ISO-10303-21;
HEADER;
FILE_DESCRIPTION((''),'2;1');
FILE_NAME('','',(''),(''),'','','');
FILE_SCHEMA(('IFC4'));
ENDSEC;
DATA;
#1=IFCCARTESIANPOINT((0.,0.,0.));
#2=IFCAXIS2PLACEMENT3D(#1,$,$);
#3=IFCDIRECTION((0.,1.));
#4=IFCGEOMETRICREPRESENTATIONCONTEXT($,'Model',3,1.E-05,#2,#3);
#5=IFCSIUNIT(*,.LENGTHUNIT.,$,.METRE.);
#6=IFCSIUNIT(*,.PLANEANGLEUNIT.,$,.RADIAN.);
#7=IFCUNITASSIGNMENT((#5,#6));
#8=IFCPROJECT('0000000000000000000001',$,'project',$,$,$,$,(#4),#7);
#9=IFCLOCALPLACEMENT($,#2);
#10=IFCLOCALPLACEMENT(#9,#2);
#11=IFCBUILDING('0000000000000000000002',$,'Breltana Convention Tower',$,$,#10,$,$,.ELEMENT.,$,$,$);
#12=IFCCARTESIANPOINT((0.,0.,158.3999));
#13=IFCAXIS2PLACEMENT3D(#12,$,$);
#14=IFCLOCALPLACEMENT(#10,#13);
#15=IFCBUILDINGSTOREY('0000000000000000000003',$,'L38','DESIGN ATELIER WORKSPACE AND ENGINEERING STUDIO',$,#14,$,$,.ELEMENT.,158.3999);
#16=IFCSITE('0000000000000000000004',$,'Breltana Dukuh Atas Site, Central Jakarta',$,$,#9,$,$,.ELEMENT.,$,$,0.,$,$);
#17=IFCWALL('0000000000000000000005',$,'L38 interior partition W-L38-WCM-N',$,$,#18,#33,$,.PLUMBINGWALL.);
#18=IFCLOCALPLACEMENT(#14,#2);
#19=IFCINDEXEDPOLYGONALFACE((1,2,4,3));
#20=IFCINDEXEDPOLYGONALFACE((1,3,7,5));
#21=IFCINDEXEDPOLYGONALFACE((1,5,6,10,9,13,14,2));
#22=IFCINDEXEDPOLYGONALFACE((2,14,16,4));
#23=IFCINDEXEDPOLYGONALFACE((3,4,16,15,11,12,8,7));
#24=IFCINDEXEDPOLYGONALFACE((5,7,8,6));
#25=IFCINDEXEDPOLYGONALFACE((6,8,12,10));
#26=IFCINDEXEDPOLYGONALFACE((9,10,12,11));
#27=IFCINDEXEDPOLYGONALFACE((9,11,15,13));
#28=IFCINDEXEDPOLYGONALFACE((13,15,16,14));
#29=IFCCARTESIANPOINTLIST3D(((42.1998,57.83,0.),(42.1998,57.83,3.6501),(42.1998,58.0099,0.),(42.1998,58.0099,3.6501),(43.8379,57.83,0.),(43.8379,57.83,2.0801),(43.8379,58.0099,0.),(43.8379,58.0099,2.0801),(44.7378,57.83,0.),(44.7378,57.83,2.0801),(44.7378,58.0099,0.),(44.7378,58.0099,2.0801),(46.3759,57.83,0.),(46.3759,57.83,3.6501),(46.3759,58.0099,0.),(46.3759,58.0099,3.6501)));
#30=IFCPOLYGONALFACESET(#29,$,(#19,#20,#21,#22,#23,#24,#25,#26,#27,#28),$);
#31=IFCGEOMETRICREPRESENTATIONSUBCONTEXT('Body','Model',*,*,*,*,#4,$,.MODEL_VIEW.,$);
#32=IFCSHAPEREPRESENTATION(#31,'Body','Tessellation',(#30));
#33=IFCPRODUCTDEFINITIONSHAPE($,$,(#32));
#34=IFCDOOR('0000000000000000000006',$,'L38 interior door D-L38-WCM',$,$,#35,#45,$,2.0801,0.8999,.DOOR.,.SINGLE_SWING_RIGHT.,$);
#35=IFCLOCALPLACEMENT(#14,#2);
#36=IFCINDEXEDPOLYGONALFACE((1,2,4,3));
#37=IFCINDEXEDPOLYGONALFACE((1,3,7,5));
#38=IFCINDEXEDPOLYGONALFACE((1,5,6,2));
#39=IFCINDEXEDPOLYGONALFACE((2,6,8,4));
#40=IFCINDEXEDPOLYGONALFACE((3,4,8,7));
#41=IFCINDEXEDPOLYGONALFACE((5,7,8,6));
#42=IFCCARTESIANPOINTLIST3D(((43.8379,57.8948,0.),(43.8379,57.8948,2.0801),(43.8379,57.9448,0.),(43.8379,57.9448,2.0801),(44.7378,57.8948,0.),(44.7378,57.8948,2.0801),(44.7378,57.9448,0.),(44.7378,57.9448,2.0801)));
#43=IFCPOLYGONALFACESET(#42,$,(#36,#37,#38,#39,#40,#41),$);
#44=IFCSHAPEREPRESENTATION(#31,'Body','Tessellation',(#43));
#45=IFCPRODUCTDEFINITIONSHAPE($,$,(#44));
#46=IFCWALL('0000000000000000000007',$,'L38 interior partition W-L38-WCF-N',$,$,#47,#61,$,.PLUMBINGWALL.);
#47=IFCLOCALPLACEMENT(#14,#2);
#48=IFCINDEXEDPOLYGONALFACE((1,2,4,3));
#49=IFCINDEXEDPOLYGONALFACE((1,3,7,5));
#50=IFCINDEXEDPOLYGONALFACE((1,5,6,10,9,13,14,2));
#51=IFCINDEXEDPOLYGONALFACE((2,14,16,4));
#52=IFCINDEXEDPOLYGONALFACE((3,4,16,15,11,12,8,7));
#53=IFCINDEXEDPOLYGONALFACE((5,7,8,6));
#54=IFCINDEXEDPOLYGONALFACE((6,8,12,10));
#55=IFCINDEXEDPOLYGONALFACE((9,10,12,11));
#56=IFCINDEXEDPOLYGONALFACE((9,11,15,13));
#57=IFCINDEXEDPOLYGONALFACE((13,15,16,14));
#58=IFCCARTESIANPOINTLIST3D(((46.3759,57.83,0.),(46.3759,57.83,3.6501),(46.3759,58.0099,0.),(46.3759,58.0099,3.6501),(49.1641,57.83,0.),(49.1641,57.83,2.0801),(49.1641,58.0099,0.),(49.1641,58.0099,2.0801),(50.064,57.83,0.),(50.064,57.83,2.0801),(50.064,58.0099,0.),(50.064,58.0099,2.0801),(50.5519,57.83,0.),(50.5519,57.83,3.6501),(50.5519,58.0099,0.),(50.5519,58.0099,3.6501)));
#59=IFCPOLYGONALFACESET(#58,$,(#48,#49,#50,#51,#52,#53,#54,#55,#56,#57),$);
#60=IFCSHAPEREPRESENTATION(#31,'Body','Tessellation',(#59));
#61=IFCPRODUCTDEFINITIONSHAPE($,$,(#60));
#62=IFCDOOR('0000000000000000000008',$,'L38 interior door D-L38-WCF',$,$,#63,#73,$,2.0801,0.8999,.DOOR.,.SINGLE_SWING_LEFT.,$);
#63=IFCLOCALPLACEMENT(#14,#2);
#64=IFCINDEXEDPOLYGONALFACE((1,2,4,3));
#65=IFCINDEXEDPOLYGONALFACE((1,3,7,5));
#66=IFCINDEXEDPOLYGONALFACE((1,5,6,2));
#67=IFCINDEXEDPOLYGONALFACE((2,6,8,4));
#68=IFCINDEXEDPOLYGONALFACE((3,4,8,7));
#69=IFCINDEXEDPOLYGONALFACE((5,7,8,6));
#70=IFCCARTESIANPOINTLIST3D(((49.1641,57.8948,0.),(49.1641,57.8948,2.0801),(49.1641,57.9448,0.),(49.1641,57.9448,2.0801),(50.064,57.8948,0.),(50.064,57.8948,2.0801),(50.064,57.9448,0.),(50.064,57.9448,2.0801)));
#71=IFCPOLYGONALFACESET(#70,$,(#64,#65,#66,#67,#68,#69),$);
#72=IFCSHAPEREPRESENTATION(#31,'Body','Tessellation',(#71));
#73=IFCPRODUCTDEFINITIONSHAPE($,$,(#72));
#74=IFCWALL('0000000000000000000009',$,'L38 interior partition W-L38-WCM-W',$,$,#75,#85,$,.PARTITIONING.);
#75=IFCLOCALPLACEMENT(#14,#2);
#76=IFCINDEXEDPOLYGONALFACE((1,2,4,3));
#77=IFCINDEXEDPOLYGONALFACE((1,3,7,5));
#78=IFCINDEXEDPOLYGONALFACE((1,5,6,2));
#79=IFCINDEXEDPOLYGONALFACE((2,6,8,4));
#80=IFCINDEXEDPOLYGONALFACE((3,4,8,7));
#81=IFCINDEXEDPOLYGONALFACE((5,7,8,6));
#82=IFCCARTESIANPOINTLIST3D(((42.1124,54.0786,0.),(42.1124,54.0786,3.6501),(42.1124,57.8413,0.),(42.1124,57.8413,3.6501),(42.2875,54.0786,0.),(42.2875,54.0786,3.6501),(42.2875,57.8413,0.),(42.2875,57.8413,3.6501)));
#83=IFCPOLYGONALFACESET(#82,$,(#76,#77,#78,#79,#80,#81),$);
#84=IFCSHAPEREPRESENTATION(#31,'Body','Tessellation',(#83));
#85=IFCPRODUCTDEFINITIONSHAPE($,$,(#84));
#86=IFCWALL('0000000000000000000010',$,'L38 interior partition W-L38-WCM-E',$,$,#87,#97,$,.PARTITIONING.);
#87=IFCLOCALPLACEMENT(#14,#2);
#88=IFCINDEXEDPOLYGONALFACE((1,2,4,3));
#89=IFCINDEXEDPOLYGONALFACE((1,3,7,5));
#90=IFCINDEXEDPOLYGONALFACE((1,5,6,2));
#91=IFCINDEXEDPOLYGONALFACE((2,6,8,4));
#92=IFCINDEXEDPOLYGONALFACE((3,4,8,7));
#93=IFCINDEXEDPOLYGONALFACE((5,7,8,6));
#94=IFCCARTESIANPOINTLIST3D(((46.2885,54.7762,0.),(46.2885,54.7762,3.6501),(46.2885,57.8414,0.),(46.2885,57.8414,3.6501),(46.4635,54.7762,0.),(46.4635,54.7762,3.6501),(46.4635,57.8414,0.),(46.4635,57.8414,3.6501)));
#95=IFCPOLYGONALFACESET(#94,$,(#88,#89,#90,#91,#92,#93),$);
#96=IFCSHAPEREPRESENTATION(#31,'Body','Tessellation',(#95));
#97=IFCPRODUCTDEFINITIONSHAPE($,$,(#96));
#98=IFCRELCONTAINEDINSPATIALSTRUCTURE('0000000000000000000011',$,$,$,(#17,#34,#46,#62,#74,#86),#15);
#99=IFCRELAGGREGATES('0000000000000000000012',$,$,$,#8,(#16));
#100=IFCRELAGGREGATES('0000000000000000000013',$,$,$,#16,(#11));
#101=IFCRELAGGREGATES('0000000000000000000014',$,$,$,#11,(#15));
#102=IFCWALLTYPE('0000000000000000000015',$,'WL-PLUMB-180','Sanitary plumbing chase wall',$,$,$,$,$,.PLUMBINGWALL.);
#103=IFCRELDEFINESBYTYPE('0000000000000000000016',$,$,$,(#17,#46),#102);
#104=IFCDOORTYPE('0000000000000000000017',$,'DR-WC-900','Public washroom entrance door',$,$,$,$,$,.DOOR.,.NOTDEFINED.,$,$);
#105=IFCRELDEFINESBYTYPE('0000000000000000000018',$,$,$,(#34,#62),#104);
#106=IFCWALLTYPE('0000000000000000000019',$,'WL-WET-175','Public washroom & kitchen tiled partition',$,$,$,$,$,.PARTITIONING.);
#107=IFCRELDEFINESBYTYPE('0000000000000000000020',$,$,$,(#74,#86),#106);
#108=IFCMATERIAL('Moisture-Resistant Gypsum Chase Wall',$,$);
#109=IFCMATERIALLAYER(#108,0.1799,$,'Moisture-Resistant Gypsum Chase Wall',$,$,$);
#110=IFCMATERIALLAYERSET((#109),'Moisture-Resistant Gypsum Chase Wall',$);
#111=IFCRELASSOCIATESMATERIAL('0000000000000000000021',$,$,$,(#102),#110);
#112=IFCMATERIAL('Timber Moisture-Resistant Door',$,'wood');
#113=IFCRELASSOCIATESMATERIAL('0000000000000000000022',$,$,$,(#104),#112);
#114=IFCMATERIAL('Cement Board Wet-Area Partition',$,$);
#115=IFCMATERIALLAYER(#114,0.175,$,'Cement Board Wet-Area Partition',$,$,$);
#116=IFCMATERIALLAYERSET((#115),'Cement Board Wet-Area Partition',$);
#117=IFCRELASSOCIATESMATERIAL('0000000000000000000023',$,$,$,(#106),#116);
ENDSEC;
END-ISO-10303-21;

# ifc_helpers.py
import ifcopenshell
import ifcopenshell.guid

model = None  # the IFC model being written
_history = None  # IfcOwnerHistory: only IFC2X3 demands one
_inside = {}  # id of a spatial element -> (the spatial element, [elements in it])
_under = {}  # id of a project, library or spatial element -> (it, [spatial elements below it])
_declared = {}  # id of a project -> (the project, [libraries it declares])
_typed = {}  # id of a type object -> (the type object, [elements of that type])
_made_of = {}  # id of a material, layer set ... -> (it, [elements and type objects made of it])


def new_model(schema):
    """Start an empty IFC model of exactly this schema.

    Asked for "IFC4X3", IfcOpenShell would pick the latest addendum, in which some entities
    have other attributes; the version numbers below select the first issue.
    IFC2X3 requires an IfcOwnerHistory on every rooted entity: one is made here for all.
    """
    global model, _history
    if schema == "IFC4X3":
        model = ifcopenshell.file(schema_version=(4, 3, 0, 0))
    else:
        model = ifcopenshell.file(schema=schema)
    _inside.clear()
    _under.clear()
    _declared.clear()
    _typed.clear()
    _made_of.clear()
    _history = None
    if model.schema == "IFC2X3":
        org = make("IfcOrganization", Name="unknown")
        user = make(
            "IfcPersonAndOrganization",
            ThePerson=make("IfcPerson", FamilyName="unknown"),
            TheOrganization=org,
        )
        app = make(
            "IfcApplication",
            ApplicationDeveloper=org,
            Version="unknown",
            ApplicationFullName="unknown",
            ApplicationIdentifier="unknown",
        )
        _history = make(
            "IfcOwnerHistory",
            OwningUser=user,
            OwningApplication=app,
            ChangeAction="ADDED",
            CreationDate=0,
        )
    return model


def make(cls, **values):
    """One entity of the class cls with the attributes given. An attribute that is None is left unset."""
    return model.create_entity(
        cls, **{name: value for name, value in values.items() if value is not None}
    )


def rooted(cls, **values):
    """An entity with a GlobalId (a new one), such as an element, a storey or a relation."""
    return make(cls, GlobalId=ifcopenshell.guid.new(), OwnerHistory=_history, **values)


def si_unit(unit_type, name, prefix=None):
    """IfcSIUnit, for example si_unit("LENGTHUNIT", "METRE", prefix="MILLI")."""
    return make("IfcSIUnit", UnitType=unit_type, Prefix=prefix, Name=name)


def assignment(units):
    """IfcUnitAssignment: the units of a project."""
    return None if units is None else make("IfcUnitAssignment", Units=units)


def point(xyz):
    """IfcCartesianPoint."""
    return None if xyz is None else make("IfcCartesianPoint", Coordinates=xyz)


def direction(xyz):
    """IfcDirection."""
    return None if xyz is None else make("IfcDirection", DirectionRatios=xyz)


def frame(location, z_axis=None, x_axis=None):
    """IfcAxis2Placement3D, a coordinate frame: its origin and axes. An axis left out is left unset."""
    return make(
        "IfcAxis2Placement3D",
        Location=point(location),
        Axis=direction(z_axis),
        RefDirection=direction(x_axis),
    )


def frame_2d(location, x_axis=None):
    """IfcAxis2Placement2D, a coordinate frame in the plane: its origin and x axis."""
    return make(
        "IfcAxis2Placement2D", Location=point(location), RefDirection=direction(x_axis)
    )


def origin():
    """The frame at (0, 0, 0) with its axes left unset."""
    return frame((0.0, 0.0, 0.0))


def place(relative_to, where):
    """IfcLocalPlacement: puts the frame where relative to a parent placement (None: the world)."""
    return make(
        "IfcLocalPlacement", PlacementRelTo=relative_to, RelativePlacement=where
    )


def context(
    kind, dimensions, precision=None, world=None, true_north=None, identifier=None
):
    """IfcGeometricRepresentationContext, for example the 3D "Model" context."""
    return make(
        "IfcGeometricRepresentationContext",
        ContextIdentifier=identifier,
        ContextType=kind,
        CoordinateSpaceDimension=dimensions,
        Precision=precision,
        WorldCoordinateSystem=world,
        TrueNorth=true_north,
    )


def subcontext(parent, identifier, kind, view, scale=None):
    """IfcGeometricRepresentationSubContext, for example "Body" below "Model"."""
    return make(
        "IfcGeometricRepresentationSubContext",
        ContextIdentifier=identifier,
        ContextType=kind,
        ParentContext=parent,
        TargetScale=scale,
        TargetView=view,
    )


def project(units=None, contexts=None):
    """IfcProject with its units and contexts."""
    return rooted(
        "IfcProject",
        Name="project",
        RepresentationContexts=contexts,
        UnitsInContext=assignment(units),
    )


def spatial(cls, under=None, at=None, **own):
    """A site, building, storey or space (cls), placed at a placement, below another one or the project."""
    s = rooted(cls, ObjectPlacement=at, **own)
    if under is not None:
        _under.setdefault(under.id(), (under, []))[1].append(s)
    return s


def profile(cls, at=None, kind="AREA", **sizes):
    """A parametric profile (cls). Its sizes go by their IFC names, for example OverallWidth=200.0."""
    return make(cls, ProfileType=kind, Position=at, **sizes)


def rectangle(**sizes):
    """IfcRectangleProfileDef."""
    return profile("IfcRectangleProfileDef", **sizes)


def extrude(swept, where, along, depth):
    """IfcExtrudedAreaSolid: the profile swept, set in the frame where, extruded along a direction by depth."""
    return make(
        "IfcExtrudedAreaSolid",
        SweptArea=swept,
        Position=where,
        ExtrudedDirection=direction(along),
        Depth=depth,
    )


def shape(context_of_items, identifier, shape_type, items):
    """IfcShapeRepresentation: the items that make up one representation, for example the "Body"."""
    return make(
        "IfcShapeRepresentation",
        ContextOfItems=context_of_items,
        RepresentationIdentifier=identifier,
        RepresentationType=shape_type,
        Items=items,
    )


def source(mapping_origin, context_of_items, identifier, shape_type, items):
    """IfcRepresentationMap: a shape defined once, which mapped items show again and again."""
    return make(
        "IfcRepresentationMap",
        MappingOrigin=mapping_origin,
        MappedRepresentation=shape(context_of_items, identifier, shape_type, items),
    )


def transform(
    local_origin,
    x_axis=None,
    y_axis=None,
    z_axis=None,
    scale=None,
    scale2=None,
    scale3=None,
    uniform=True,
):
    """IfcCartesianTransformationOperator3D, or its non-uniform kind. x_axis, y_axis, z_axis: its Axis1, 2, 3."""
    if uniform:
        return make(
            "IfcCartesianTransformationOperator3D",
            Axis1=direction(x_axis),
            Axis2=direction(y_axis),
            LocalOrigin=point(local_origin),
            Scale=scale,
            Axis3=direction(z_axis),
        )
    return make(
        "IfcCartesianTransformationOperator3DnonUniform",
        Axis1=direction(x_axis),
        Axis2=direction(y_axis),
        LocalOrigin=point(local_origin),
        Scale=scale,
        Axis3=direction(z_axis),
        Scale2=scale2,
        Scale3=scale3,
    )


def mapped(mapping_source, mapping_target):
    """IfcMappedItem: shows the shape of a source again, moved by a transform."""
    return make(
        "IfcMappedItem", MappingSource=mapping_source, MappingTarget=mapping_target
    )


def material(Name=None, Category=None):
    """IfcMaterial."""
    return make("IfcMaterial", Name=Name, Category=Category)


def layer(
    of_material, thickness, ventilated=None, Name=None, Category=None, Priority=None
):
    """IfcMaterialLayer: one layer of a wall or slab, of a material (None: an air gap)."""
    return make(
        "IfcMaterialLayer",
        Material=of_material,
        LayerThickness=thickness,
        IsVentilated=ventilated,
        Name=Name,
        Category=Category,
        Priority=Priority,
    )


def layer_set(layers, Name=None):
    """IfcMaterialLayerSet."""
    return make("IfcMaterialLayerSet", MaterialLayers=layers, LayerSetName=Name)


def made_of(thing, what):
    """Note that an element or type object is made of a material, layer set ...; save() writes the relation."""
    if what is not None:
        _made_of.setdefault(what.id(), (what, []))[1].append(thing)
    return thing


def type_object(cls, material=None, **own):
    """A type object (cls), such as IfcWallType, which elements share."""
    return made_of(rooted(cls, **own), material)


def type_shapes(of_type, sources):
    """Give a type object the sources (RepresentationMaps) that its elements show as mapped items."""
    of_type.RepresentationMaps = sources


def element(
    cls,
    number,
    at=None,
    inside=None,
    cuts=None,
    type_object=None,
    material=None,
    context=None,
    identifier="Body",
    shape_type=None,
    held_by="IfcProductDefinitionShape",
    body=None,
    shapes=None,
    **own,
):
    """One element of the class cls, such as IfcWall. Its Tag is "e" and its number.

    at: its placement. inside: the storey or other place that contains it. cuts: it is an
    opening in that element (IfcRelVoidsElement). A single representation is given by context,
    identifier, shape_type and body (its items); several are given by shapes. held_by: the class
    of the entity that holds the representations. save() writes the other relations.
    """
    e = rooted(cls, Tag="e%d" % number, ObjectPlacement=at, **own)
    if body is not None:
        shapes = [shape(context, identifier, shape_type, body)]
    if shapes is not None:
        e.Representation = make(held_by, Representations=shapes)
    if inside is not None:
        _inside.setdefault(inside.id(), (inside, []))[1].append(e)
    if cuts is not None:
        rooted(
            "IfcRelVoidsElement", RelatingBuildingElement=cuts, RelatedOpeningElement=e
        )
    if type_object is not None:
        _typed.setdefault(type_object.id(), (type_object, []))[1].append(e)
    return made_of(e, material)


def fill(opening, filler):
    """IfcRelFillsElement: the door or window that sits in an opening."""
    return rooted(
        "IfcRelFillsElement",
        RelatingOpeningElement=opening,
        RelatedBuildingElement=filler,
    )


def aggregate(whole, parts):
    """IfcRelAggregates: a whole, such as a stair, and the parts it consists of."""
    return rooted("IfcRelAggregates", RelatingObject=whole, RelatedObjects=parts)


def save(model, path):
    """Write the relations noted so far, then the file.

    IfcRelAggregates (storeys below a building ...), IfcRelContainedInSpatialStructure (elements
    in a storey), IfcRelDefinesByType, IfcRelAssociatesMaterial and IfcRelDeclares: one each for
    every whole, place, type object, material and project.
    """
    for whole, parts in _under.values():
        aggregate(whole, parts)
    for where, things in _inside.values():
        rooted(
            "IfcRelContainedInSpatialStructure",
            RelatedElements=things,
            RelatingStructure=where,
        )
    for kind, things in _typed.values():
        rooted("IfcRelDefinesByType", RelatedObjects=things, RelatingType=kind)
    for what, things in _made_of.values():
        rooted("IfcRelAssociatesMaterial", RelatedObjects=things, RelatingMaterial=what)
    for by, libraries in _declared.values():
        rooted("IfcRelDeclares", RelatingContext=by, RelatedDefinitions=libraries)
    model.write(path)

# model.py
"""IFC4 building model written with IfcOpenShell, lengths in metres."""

from ifc_helpers import new_model, si_unit, direction, frame, frame_2d, origin, place, context, subcontext, project, spatial, rectangle, extrude, source, transform, mapped, material, layer, layer_set, type_object, type_shapes, element, fill, save


model = new_model("IFC4")

# Units and contexts
model_context = context("Model", 3, precision=1e-05, world=origin(), true_north=direction((0.0, 1.0)))
body_context = subcontext(model_context, "Body", "Model", "MODEL_VIEW")
ifc_project = project(units=[si_unit("LENGTHUNIT", "METRE"), si_unit("PLANEANGLEUNIT", "RADIAN")], contexts=[model_context])

# Site, building, storey
site_placement = place(None, origin())
site = spatial("IfcSite", under=ifc_project, at=site_placement, Name="Breltana Dukuh Atas Site, Central Jakarta", CompositionType="ELEMENT", RefElevation=0.0)
building_placement = place(site_placement, origin())
building = spatial("IfcBuilding", under=site, at=building_placement, Name="Breltana Convention Tower", CompositionType="ELEMENT")
storey_placement = place(building_placement, frame((0.0, 0.0, 158.3999)))
storey = spatial("IfcBuildingStorey", under=building, at=storey_placement, Name="L38", Description="DESIGN ATELIER WORKSPACE AND ENGINEERING STUDIO", CompositionType="ELEMENT", Elevation=158.3999)

# Walls, openings, doors
ifc_material_1 = material(Name="Moisture-Resistant Gypsum Chase Wall")
ifc_layer_1 = layer(ifc_material_1, 0.1799, Name="Moisture-Resistant Gypsum Chase Wall")
ifc_layer_set_1 = layer_set([ifc_layer_1], Name="Moisture-Resistant Gypsum Chase Wall")
wall_type_1 = type_object("IfcWallType", Name="WL-PLUMB-180", Description="Sanitary plumbing chase wall", PredefinedType="PLUMBINGWALL", material=ifc_layer_set_1)
shared_shape_1 = source(origin(), body_context, "Body", "SweptSolid", [
    extrude(rectangle(XDim=4.176, YDim=0.1799, at=frame_2d((2.0879, 0.0))), origin(), (0.0, 0.0, 1.0), 3.6501),
])
wall_1_placement = place(storey_placement, frame((42.2, 57.9199, 0.0), z_axis=(0.0, 0.0, 1.0), x_axis=(1.0, 0.0, 0.0)))
wall_1 = element("IfcWall", 1, at=wall_1_placement, inside=storey, type_object=wall_type_1, Name="L38 interior partition W-L38-WCM-N", PredefinedType="PLUMBINGWALL", context=body_context, shape_type="MappedRepresentation", body=[
    mapped(shared_shape_1, transform((0.0, 0.0, 0.0), scale=1.0)),
])
opening_1_placement = place(wall_1_placement, frame((1.6379, 0.0, 0.0)))
opening_1 = element("IfcOpeningElement", 2, at=opening_1_placement, cuts=wall_1, PredefinedType="OPENING", context=body_context, shape_type="SweptSolid", body=[
    extrude(rectangle(XDim=0.8999, YDim=2.0801, at=frame_2d((0.45, 1.04))), frame((0.0, 0.1001, 0.0), z_axis=(0.0, -1.0, 0.0), x_axis=(1.0, 0.0, 0.0)), (0.0, 0.0, 1.0), 0.2),
])
ifc_material_2 = material(Name="Timber Moisture-Resistant Door", Category="wood")
door_type = type_object("IfcDoorType", Name="DR-WC-900", Description="Public washroom entrance door", OperationType="NOTDEFINED", PredefinedType="DOOR", material=ifc_material_2)
shared_shape_2 = source(origin(), body_context, "Body", "SweptSolid", [
    extrude(rectangle(XDim=0.8999, YDim=2.0801, at=frame_2d((0.45, 1.04))), frame((0.0, 0.0249, 0.0), z_axis=(0.0, -1.0, 0.0), x_axis=(1.0, 0.0, 0.0)), (0.0, 0.0, 1.0), 0.05),
])
type_shapes(door_type, [shared_shape_2])
door_1_placement = place(opening_1_placement, origin())
door_1 = element("IfcDoor", 3, at=door_1_placement, inside=storey, type_object=door_type, Name="L38 interior door D-L38-WCM", OperationType="SINGLE_SWING_RIGHT", OverallHeight=2.0801, OverallWidth=0.8999, PredefinedType="DOOR", context=body_context, shape_type="MappedRepresentation", body=[
    mapped(shared_shape_2, transform((0.0, 0.0, 0.0), scale=1.0)),
])
fill(opening_1, door_1)
wall_2_placement = place(storey_placement, frame((46.376, 57.9199, 0.0), z_axis=(0.0, 0.0, 1.0), x_axis=(1.0, 0.0, 0.0)))
wall_2 = element("IfcWall", 4, at=wall_2_placement, inside=storey, type_object=wall_type_1, Name="L38 interior partition W-L38-WCF-N", PredefinedType="PLUMBINGWALL", context=body_context, shape_type="MappedRepresentation", body=[
    mapped(shared_shape_1, transform((0.0, 0.0, 0.0), scale=1.0)),
])
opening_2_placement = place(wall_2_placement, frame((2.7881, 0.0, 0.0)))
opening_2 = element("IfcOpeningElement", 5, at=opening_2_placement, cuts=wall_2, PredefinedType="OPENING", context=body_context, shape_type="SweptSolid", body=[
    extrude(rectangle(XDim=0.8999, YDim=2.0801, at=frame_2d((0.45, 1.04))), frame((0.0, 0.1001, 0.0), z_axis=(0.0, -1.0, 0.0), x_axis=(1.0, 0.0, 0.0)), (0.0, 0.0, 1.0), 0.2),
])
door_2_placement = place(opening_2_placement, origin())
door_2 = element("IfcDoor", 6, at=door_2_placement, inside=storey, type_object=door_type, Name="L38 interior door D-L38-WCF", OperationType="SINGLE_SWING_LEFT", OverallHeight=2.0801, OverallWidth=0.8999, PredefinedType="DOOR", context=body_context, shape_type="MappedRepresentation", body=[
    mapped(shared_shape_2, transform((0.0, 0.0, 0.0), scale=1.0)),
])
fill(opening_2, door_2)

# Walls
ifc_material_3 = material(Name="Cement Board Wet-Area Partition")
ifc_layer_2 = layer(ifc_material_3, 0.175, Name="Cement Board Wet-Area Partition")
ifc_layer_set_2 = layer_set([ifc_layer_2], Name="Cement Board Wet-Area Partition")
wall_type_2 = type_object("IfcWallType", Name="WL-WET-175", Description="Public washroom & kitchen tiled partition", PredefinedType="PARTITIONING", material=ifc_layer_set_2)
shared_shape_3 = source(origin(), body_context, "Body", "SweptSolid", [
    extrude(rectangle(XDim=3.7627, YDim=0.175, at=frame_2d((1.8813, 0.0))), origin(), (0.0, 0.0, 1.0), 3.6501),
])
wall_3_placement = place(storey_placement, frame((42.2, 54.0786, 0.0), z_axis=(0.0, 0.0, 1.0), x_axis=(0.0, 1.0, 0.0)))
element("IfcWall", 7, at=wall_3_placement, inside=storey, type_object=wall_type_2, Name="L38 interior partition W-L38-WCM-W", PredefinedType="PARTITIONING", context=body_context, shape_type="MappedRepresentation", body=[
    mapped(shared_shape_3, transform((0.0, 0.0, 0.0), scale=1.0)),
])
shared_shape_4 = source(origin(), body_context, "Body", "SweptSolid", [
    extrude(rectangle(XDim=3.0652, YDim=0.175, at=frame_2d((1.5327, 0.0))), origin(), (0.0, 0.0, 1.0), 3.6501),
])
wall_4_placement = place(storey_placement, frame((46.376, 54.7761, 0.0), z_axis=(0.0, 0.0, 1.0), x_axis=(0.0, 1.0, 0.0)))
element("IfcWall", 8, at=wall_4_placement, inside=storey, type_object=wall_type_2, Name="L38 interior partition W-L38-WCM-E", PredefinedType="PARTITIONING", context=body_context, shape_type="MappedRepresentation", body=[
    mapped(shared_shape_4, transform((0.0, 0.0, 0.0), scale=1.0)),
])

save(model, "model.ifc")
